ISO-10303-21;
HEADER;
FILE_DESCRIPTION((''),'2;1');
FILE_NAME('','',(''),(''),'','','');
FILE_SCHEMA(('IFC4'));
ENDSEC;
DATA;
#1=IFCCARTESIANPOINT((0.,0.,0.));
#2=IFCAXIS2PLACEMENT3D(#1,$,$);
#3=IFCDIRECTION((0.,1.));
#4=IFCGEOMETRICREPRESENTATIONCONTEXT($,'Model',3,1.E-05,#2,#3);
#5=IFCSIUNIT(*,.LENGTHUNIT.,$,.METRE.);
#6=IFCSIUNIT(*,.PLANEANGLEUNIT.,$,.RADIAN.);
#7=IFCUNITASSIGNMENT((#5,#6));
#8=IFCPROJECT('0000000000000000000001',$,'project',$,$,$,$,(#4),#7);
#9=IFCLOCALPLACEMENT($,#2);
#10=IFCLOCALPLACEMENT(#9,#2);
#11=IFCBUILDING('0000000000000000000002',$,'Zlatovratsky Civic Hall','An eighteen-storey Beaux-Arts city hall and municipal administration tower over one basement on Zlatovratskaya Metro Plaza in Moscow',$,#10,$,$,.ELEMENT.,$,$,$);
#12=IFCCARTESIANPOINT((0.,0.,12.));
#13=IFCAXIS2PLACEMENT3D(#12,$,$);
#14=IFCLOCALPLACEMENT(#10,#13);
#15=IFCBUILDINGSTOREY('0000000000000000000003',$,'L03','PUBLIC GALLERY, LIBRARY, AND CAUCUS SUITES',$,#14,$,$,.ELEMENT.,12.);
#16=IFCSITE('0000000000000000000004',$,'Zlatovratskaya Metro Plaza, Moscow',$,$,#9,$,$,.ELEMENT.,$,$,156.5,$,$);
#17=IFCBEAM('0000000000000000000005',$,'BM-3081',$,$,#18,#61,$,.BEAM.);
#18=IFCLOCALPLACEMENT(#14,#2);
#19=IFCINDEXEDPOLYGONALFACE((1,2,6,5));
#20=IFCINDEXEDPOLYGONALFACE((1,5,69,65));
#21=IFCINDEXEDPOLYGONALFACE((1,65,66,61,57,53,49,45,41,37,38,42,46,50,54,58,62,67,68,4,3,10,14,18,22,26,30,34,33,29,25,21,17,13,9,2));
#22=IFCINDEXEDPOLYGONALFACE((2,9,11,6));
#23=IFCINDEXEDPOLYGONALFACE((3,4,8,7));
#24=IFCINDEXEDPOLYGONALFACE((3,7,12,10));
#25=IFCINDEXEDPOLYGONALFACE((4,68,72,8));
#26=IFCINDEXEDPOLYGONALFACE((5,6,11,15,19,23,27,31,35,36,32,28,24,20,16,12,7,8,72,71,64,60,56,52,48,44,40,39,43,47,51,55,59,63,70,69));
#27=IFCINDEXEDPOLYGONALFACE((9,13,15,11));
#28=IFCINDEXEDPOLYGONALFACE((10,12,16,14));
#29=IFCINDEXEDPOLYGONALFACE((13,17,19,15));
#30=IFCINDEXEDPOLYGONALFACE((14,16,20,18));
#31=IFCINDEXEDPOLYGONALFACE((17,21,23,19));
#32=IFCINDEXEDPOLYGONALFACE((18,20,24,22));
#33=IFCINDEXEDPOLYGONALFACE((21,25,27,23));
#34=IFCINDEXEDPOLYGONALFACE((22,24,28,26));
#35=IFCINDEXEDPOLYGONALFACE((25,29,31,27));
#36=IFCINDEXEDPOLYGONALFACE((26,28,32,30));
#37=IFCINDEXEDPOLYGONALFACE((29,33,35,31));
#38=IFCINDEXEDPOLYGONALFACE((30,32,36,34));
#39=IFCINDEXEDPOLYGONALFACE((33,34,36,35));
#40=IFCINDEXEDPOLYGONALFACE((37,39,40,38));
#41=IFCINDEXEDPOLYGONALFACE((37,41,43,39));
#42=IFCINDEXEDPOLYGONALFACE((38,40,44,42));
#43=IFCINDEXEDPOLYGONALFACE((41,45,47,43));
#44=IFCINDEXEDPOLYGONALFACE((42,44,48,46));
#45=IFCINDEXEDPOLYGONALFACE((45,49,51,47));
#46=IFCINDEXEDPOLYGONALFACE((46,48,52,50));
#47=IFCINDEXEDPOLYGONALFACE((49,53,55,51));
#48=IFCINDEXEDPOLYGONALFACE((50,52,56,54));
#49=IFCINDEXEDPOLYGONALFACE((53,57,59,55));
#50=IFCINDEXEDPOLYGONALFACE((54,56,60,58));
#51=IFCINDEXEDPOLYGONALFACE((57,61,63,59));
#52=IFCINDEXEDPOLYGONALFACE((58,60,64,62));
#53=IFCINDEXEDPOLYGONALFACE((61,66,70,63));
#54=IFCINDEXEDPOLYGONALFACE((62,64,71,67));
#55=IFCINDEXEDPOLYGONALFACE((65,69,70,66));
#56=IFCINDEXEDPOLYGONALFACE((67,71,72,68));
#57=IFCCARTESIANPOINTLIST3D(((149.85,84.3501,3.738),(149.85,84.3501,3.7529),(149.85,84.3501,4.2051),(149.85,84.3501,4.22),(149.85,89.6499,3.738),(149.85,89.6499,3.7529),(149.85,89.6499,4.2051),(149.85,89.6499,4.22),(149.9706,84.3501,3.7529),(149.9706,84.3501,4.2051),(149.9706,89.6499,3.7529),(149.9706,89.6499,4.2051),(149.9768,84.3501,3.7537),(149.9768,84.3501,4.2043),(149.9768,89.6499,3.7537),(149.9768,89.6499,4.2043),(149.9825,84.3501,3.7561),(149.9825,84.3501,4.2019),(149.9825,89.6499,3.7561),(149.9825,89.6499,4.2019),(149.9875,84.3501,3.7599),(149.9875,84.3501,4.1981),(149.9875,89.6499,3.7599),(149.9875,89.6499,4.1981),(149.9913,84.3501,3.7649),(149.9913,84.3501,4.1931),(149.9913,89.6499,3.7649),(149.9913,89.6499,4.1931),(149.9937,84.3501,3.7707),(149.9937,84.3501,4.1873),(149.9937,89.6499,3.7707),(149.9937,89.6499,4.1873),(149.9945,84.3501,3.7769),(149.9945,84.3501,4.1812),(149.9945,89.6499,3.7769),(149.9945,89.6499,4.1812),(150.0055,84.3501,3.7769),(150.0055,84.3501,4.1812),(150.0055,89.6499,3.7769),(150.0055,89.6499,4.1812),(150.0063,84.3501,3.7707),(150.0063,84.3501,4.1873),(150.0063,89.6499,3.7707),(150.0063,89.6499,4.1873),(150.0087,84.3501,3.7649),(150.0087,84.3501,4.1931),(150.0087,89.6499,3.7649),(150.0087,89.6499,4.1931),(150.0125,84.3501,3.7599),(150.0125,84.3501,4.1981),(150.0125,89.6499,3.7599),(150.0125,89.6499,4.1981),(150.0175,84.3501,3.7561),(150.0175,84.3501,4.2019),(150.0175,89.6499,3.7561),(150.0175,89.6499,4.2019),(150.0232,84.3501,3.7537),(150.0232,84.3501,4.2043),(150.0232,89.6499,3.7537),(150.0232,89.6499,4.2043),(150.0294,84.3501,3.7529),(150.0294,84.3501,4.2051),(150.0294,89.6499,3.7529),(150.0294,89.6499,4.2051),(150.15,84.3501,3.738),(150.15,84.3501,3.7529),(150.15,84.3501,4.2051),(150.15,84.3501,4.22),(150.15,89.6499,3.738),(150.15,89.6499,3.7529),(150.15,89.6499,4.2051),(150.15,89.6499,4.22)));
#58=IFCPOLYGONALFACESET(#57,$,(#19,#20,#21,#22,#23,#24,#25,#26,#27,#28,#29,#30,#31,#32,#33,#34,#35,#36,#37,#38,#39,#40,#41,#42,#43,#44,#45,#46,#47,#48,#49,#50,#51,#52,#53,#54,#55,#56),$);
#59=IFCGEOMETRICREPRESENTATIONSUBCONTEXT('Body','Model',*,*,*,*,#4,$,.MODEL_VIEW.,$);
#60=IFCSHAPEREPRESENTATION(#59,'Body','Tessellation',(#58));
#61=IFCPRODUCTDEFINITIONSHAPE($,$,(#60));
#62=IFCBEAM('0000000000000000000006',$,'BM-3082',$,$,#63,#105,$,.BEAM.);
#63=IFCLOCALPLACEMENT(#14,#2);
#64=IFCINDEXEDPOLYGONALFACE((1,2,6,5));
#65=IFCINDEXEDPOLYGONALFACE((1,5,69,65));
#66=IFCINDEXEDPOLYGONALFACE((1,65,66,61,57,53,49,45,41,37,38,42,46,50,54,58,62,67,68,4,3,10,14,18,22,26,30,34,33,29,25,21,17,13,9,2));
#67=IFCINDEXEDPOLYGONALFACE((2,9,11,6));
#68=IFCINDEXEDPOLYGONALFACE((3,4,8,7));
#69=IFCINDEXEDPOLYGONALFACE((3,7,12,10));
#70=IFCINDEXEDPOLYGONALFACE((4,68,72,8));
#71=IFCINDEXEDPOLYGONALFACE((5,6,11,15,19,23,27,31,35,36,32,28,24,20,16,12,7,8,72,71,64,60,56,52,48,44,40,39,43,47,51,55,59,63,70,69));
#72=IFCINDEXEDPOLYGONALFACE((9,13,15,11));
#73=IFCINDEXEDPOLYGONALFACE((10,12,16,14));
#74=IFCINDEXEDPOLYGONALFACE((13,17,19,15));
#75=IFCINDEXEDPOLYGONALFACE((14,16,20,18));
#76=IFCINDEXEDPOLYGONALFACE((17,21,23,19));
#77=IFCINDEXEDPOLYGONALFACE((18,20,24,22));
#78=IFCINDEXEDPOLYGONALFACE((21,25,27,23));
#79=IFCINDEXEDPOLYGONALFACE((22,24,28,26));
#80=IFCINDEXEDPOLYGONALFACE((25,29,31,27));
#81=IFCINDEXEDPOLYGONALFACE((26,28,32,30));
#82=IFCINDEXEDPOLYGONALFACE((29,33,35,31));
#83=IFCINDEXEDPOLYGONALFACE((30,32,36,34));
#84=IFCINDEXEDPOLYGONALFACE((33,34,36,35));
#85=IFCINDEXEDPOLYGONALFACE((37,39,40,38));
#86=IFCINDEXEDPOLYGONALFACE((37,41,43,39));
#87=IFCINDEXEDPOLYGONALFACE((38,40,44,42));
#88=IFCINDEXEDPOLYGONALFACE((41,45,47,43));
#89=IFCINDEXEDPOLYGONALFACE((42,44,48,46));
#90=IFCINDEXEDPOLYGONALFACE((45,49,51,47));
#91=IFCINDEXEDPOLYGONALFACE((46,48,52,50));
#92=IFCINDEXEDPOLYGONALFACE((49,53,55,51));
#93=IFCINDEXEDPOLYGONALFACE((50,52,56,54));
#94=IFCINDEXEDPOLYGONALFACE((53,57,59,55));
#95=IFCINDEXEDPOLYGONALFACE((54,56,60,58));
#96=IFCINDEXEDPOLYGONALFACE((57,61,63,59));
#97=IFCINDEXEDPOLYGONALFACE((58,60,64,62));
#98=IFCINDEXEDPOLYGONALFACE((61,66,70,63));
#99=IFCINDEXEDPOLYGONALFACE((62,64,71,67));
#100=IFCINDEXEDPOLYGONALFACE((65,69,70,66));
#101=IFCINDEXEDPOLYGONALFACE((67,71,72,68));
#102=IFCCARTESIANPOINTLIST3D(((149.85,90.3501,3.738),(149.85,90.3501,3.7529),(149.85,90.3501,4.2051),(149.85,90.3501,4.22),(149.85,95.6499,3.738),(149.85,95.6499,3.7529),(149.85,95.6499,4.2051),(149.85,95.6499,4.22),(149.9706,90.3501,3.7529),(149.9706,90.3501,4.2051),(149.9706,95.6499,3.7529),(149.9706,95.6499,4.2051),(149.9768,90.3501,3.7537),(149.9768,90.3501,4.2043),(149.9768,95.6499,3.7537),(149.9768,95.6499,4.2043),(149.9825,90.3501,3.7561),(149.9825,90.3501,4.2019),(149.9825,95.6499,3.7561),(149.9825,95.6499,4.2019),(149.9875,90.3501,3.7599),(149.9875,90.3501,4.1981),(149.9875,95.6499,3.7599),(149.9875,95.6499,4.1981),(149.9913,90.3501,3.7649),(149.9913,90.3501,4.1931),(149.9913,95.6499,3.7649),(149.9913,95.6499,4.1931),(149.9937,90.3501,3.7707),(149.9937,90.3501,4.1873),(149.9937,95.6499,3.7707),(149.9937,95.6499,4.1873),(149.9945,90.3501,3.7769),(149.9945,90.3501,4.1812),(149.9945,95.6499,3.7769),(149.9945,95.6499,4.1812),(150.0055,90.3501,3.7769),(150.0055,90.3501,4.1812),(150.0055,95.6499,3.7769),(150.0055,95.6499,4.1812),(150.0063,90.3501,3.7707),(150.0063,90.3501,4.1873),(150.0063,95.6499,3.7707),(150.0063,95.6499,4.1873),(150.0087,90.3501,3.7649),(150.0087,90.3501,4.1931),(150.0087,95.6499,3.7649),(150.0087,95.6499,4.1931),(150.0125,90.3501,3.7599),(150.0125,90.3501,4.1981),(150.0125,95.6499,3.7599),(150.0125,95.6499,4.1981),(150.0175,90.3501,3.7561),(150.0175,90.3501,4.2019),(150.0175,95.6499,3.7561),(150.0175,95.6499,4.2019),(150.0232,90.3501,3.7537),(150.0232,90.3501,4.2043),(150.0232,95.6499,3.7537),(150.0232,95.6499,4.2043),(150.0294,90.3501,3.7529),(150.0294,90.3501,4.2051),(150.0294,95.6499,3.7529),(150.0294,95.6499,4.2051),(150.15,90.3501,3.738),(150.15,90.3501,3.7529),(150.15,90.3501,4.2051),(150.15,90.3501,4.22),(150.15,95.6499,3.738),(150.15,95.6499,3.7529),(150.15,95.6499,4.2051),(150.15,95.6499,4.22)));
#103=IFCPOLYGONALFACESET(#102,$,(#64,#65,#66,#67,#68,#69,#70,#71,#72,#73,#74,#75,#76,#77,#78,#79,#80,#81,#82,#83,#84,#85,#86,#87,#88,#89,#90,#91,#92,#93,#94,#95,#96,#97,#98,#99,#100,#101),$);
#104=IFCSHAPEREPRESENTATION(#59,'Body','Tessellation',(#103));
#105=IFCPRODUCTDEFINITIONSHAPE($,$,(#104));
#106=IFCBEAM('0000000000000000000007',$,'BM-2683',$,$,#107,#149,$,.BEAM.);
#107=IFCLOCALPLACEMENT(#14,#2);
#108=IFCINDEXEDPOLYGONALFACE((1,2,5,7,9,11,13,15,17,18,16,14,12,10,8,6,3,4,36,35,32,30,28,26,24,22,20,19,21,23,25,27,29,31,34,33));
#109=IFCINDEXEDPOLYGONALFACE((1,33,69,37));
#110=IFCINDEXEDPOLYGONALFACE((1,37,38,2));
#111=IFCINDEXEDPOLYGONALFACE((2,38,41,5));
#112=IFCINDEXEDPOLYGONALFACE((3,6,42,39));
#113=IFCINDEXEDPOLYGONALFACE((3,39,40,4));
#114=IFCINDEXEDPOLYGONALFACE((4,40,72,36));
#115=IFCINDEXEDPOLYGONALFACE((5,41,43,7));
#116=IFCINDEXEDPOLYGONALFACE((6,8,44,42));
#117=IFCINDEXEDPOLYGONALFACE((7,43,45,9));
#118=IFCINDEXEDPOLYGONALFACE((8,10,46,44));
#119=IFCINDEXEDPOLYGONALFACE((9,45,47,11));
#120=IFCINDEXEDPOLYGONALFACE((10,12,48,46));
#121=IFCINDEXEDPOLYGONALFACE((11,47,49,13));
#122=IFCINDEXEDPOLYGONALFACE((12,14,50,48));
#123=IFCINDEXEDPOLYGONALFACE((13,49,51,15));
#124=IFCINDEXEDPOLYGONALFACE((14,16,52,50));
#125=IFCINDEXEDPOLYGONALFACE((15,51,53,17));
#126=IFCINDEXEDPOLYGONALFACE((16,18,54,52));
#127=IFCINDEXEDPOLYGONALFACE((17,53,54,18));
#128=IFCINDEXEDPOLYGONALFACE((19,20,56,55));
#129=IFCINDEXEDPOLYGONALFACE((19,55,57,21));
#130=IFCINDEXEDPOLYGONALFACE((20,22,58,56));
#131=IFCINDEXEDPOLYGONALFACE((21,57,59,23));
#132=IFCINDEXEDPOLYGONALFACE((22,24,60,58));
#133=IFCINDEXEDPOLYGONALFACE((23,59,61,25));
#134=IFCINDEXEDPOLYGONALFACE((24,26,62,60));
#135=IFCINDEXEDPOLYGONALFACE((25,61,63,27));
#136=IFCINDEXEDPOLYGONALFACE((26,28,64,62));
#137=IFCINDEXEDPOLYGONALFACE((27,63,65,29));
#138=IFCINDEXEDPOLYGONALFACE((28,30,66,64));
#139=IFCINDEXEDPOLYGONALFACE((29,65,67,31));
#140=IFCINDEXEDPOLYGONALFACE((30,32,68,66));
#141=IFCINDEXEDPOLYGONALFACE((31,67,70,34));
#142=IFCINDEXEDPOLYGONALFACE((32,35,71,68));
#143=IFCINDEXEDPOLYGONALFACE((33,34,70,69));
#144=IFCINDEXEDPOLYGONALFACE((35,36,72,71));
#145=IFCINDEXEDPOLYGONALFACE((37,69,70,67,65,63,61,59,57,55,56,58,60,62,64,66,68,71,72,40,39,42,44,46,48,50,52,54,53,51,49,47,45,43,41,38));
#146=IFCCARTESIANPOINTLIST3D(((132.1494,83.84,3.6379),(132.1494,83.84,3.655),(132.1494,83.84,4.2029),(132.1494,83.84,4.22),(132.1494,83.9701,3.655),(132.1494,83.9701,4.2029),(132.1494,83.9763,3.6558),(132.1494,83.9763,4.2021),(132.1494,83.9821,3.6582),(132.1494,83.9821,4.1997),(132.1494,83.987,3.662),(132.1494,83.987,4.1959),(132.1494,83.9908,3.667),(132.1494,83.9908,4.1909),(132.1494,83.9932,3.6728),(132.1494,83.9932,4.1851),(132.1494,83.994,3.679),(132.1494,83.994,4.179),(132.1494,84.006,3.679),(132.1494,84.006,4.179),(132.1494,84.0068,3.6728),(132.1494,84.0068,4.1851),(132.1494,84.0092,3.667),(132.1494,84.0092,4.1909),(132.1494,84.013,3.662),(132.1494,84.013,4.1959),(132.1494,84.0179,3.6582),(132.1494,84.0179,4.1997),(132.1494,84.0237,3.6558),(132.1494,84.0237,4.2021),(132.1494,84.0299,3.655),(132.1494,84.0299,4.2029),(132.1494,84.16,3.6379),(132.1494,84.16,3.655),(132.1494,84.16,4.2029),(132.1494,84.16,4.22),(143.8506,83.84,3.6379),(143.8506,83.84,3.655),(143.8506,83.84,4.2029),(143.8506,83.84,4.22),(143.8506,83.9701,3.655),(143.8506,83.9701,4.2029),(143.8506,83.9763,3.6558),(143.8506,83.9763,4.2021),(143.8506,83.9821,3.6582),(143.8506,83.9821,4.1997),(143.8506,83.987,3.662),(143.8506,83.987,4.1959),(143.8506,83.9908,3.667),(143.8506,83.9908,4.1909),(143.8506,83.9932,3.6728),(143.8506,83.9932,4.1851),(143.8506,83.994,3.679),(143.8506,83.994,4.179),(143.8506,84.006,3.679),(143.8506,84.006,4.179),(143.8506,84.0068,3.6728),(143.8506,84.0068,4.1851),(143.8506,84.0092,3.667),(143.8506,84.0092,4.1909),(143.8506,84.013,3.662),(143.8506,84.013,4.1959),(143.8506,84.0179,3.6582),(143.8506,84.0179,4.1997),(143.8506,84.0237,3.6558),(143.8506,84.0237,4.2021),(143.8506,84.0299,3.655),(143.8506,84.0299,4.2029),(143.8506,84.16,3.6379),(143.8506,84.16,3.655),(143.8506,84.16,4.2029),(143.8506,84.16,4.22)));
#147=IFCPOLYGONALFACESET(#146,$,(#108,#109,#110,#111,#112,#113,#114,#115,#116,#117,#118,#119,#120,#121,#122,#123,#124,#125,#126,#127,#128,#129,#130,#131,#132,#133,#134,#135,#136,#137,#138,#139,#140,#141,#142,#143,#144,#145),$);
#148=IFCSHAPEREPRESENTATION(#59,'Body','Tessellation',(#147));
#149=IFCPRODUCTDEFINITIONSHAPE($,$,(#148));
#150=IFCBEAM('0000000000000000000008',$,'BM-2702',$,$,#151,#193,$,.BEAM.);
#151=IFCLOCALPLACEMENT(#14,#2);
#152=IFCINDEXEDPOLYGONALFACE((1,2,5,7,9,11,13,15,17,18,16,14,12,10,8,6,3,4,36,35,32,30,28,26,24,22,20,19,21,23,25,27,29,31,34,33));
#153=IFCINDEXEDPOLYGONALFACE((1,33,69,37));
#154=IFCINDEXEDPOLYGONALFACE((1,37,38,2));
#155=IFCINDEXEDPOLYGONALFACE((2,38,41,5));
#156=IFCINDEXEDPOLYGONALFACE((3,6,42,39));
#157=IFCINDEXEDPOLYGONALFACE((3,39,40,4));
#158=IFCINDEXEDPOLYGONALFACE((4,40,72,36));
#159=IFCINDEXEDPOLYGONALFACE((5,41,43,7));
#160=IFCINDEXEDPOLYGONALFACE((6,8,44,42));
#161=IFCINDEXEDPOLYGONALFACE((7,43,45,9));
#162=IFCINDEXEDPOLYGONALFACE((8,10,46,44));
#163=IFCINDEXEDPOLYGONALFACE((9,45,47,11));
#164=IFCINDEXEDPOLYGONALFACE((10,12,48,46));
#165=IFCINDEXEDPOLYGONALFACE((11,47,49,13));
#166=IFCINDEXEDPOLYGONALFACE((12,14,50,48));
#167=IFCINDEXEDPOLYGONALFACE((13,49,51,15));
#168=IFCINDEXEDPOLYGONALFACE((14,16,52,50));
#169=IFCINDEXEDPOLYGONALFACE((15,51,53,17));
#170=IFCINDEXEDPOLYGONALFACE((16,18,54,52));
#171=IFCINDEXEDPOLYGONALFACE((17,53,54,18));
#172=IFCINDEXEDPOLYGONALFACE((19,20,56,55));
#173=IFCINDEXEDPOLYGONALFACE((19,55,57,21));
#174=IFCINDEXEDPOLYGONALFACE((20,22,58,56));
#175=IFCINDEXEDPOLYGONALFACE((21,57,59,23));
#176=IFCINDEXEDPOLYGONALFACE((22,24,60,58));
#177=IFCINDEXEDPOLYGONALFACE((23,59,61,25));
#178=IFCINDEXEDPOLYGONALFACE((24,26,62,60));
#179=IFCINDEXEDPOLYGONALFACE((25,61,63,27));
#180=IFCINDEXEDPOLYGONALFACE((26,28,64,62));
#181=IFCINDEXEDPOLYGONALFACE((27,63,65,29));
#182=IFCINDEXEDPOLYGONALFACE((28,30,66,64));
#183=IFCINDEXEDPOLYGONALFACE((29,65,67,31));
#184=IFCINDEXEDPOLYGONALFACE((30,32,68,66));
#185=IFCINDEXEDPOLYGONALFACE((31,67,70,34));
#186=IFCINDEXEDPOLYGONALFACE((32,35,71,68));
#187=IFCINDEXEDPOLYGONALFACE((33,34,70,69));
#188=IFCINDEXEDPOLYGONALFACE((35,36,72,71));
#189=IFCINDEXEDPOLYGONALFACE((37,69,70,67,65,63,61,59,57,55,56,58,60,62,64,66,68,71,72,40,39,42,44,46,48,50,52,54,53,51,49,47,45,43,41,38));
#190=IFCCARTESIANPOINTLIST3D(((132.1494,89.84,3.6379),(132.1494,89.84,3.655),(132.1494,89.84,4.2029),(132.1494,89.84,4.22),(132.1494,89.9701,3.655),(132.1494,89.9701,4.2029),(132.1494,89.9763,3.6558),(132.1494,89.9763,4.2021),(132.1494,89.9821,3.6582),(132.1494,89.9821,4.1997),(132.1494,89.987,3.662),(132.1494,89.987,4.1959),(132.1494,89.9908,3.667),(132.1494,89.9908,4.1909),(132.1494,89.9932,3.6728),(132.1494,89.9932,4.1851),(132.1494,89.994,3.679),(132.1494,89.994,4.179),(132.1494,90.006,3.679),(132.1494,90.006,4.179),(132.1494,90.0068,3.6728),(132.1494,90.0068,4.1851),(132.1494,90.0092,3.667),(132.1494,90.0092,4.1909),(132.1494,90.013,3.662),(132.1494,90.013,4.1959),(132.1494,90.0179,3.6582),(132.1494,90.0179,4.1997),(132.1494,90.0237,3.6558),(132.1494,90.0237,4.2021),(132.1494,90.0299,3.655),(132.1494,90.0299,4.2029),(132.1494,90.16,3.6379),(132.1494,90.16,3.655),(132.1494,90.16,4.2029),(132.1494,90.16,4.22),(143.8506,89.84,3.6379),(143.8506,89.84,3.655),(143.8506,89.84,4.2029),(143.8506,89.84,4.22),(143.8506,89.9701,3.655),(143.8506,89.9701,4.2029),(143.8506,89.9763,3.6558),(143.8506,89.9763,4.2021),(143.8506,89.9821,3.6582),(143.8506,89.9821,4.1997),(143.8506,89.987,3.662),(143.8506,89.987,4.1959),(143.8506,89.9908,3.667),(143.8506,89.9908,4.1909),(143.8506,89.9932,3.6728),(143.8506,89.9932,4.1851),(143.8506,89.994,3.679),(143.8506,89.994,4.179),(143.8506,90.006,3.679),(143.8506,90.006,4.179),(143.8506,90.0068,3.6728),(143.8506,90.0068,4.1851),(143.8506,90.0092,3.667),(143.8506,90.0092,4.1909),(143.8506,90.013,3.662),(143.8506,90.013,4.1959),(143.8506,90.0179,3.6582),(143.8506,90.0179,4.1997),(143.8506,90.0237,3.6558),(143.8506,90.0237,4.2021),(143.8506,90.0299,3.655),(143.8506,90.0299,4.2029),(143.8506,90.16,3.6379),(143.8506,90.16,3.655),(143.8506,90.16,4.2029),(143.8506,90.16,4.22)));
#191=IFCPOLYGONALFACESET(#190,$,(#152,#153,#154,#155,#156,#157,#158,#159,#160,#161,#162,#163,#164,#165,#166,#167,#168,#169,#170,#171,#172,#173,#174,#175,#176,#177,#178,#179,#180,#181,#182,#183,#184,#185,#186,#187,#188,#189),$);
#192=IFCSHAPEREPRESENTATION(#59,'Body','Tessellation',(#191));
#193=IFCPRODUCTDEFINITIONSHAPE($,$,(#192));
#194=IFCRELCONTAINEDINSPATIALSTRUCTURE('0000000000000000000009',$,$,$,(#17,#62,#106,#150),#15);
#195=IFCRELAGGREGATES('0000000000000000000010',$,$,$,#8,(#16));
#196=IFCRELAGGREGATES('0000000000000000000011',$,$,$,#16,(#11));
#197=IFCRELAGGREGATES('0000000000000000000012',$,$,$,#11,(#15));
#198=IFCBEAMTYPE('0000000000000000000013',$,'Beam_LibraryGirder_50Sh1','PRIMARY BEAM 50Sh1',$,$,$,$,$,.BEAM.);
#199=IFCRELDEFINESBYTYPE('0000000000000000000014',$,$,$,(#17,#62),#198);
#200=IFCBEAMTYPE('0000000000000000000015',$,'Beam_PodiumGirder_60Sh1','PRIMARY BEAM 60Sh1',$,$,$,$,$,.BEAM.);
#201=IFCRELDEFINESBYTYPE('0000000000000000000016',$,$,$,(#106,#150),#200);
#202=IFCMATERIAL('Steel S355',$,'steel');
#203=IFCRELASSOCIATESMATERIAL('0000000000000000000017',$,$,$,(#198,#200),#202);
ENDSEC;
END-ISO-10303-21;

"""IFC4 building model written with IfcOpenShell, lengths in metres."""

from ifc_helpers import new_model, si_unit, direction, frame, origin, origin_2d, place, context, subcontext, project, spatial, i_section, extrude, material, material_profile, profile_set, type_object, element, save


model = new_model("IFC4")

# Units and contexts
model_context = context("Model", 3, precision=1e-05, world=origin(), true_north=direction((0.0, 1.0)))
body_context = subcontext(model_context, "Body", "Model", "MODEL_VIEW")
ifc_project = project(units=[si_unit("LENGTHUNIT", "METRE"), si_unit("PLANEANGLEUNIT", "RADIAN")], contexts=[model_context])

# Site, building, storey
site_placement = place(None, origin())
site = spatial("IfcSite", under=ifc_project, at=site_placement, Name="Zlatovratskaya Metro Plaza, Moscow", CompositionType="ELEMENT", RefElevation=156.5)
building_placement = place(site_placement, origin())
building = spatial("IfcBuilding", under=site, at=building_placement, Name="Zlatovratsky Civic Hall", Description="An eighteen-storey Beaux-Arts city hall and municipal administration tower over one basement on Zlatovratskaya Metro Plaza in Moscow", CompositionType="ELEMENT")
storey_placement = place(building_placement, frame((0.0, 0.0, 12.0)))
storey = spatial("IfcBuildingStorey", under=building, at=storey_placement, Name="L03", Description="PUBLIC GALLERY, LIBRARY, AND CAUCUS SUITES", CompositionType="ELEMENT", Elevation=12.0)

# Shared definitions
ifc_material_1 = material(Name="Steel S355", Category="steel")

# Beams
ifc_material_profile_1 = material_profile(ifc_material_1, i_section(OverallWidth=0.3, OverallDepth=0.4819, WebThickness=0.011, FlangeThickness=0.0149, FilletRadius=0.0239, at=origin_2d()), Name="50Sh1")
ifc_profile_set_1 = profile_set([ifc_material_profile_1], Name="Steel S355")
beam_type_1 = type_object("IfcBeamType", Name="Beam_LibraryGirder_50Sh1", Description="PRIMARY BEAM 50Sh1", PredefinedType="BEAM", material=ifc_profile_set_1)
for number, where, z_axis, x_axis, name in (
    (1, (150.0, 84.3501, 3.979), (0.0, 1.0, 0.0), (-1.0, 0.0, 0.0), "BM-3081"),
    (2, (150.0, 90.3501, 3.979), (0.0, 1.0, 0.0), (-1.0, 0.0, 0.0), "BM-3082"),
):
    element("IfcBeam", number, at=place(storey_placement, frame(where, z_axis=z_axis, x_axis=x_axis)), inside=storey, type_object=beam_type_1, Name=name, PredefinedType="BEAM", context=body_context, shape_type="SweptSolid", body=[
        extrude(i_section(OverallWidth=0.3, OverallDepth=0.4819, WebThickness=0.011, FlangeThickness=0.0149, FilletRadius=0.0239, at=origin_2d()), origin(), (0.0, 0.0, 1.0), 5.2998),
    ])
ifc_material_profile_2 = material_profile(ifc_material_1, i_section(OverallWidth=0.3201, OverallDepth=0.582, WebThickness=0.012, FlangeThickness=0.0171, FilletRadius=0.0239, at=origin_2d()), Name="60Sh1")
ifc_profile_set_2 = profile_set([ifc_material_profile_2], Name="Steel S355")
beam_type_2 = type_object("IfcBeamType", Name="Beam_PodiumGirder_60Sh1", Description="PRIMARY BEAM 60Sh1", PredefinedType="BEAM", material=ifc_profile_set_2)
for number, where, z_axis, x_axis, name in (
    (3, (132.1494, 84.0, 3.929), (1.0, 0.0, 0.0), (0.0, 1.0, 0.0), "BM-2683"),
    (4, (132.1494, 90.0, 3.929), (1.0, 0.0, 0.0), (0.0, 1.0, 0.0), "BM-2702"),
):
    element("IfcBeam", number, at=place(storey_placement, frame(where, z_axis=z_axis, x_axis=x_axis)), inside=storey, type_object=beam_type_2, Name=name, PredefinedType="BEAM", context=body_context, shape_type="SweptSolid", body=[
        extrude(i_section(OverallWidth=0.3201, OverallDepth=0.582, WebThickness=0.012, FlangeThickness=0.0171, FilletRadius=0.0239, at=origin_2d()), origin(), (0.0, 0.0, 1.0), 11.7012),
    ])

save(model, "model.ifc")
